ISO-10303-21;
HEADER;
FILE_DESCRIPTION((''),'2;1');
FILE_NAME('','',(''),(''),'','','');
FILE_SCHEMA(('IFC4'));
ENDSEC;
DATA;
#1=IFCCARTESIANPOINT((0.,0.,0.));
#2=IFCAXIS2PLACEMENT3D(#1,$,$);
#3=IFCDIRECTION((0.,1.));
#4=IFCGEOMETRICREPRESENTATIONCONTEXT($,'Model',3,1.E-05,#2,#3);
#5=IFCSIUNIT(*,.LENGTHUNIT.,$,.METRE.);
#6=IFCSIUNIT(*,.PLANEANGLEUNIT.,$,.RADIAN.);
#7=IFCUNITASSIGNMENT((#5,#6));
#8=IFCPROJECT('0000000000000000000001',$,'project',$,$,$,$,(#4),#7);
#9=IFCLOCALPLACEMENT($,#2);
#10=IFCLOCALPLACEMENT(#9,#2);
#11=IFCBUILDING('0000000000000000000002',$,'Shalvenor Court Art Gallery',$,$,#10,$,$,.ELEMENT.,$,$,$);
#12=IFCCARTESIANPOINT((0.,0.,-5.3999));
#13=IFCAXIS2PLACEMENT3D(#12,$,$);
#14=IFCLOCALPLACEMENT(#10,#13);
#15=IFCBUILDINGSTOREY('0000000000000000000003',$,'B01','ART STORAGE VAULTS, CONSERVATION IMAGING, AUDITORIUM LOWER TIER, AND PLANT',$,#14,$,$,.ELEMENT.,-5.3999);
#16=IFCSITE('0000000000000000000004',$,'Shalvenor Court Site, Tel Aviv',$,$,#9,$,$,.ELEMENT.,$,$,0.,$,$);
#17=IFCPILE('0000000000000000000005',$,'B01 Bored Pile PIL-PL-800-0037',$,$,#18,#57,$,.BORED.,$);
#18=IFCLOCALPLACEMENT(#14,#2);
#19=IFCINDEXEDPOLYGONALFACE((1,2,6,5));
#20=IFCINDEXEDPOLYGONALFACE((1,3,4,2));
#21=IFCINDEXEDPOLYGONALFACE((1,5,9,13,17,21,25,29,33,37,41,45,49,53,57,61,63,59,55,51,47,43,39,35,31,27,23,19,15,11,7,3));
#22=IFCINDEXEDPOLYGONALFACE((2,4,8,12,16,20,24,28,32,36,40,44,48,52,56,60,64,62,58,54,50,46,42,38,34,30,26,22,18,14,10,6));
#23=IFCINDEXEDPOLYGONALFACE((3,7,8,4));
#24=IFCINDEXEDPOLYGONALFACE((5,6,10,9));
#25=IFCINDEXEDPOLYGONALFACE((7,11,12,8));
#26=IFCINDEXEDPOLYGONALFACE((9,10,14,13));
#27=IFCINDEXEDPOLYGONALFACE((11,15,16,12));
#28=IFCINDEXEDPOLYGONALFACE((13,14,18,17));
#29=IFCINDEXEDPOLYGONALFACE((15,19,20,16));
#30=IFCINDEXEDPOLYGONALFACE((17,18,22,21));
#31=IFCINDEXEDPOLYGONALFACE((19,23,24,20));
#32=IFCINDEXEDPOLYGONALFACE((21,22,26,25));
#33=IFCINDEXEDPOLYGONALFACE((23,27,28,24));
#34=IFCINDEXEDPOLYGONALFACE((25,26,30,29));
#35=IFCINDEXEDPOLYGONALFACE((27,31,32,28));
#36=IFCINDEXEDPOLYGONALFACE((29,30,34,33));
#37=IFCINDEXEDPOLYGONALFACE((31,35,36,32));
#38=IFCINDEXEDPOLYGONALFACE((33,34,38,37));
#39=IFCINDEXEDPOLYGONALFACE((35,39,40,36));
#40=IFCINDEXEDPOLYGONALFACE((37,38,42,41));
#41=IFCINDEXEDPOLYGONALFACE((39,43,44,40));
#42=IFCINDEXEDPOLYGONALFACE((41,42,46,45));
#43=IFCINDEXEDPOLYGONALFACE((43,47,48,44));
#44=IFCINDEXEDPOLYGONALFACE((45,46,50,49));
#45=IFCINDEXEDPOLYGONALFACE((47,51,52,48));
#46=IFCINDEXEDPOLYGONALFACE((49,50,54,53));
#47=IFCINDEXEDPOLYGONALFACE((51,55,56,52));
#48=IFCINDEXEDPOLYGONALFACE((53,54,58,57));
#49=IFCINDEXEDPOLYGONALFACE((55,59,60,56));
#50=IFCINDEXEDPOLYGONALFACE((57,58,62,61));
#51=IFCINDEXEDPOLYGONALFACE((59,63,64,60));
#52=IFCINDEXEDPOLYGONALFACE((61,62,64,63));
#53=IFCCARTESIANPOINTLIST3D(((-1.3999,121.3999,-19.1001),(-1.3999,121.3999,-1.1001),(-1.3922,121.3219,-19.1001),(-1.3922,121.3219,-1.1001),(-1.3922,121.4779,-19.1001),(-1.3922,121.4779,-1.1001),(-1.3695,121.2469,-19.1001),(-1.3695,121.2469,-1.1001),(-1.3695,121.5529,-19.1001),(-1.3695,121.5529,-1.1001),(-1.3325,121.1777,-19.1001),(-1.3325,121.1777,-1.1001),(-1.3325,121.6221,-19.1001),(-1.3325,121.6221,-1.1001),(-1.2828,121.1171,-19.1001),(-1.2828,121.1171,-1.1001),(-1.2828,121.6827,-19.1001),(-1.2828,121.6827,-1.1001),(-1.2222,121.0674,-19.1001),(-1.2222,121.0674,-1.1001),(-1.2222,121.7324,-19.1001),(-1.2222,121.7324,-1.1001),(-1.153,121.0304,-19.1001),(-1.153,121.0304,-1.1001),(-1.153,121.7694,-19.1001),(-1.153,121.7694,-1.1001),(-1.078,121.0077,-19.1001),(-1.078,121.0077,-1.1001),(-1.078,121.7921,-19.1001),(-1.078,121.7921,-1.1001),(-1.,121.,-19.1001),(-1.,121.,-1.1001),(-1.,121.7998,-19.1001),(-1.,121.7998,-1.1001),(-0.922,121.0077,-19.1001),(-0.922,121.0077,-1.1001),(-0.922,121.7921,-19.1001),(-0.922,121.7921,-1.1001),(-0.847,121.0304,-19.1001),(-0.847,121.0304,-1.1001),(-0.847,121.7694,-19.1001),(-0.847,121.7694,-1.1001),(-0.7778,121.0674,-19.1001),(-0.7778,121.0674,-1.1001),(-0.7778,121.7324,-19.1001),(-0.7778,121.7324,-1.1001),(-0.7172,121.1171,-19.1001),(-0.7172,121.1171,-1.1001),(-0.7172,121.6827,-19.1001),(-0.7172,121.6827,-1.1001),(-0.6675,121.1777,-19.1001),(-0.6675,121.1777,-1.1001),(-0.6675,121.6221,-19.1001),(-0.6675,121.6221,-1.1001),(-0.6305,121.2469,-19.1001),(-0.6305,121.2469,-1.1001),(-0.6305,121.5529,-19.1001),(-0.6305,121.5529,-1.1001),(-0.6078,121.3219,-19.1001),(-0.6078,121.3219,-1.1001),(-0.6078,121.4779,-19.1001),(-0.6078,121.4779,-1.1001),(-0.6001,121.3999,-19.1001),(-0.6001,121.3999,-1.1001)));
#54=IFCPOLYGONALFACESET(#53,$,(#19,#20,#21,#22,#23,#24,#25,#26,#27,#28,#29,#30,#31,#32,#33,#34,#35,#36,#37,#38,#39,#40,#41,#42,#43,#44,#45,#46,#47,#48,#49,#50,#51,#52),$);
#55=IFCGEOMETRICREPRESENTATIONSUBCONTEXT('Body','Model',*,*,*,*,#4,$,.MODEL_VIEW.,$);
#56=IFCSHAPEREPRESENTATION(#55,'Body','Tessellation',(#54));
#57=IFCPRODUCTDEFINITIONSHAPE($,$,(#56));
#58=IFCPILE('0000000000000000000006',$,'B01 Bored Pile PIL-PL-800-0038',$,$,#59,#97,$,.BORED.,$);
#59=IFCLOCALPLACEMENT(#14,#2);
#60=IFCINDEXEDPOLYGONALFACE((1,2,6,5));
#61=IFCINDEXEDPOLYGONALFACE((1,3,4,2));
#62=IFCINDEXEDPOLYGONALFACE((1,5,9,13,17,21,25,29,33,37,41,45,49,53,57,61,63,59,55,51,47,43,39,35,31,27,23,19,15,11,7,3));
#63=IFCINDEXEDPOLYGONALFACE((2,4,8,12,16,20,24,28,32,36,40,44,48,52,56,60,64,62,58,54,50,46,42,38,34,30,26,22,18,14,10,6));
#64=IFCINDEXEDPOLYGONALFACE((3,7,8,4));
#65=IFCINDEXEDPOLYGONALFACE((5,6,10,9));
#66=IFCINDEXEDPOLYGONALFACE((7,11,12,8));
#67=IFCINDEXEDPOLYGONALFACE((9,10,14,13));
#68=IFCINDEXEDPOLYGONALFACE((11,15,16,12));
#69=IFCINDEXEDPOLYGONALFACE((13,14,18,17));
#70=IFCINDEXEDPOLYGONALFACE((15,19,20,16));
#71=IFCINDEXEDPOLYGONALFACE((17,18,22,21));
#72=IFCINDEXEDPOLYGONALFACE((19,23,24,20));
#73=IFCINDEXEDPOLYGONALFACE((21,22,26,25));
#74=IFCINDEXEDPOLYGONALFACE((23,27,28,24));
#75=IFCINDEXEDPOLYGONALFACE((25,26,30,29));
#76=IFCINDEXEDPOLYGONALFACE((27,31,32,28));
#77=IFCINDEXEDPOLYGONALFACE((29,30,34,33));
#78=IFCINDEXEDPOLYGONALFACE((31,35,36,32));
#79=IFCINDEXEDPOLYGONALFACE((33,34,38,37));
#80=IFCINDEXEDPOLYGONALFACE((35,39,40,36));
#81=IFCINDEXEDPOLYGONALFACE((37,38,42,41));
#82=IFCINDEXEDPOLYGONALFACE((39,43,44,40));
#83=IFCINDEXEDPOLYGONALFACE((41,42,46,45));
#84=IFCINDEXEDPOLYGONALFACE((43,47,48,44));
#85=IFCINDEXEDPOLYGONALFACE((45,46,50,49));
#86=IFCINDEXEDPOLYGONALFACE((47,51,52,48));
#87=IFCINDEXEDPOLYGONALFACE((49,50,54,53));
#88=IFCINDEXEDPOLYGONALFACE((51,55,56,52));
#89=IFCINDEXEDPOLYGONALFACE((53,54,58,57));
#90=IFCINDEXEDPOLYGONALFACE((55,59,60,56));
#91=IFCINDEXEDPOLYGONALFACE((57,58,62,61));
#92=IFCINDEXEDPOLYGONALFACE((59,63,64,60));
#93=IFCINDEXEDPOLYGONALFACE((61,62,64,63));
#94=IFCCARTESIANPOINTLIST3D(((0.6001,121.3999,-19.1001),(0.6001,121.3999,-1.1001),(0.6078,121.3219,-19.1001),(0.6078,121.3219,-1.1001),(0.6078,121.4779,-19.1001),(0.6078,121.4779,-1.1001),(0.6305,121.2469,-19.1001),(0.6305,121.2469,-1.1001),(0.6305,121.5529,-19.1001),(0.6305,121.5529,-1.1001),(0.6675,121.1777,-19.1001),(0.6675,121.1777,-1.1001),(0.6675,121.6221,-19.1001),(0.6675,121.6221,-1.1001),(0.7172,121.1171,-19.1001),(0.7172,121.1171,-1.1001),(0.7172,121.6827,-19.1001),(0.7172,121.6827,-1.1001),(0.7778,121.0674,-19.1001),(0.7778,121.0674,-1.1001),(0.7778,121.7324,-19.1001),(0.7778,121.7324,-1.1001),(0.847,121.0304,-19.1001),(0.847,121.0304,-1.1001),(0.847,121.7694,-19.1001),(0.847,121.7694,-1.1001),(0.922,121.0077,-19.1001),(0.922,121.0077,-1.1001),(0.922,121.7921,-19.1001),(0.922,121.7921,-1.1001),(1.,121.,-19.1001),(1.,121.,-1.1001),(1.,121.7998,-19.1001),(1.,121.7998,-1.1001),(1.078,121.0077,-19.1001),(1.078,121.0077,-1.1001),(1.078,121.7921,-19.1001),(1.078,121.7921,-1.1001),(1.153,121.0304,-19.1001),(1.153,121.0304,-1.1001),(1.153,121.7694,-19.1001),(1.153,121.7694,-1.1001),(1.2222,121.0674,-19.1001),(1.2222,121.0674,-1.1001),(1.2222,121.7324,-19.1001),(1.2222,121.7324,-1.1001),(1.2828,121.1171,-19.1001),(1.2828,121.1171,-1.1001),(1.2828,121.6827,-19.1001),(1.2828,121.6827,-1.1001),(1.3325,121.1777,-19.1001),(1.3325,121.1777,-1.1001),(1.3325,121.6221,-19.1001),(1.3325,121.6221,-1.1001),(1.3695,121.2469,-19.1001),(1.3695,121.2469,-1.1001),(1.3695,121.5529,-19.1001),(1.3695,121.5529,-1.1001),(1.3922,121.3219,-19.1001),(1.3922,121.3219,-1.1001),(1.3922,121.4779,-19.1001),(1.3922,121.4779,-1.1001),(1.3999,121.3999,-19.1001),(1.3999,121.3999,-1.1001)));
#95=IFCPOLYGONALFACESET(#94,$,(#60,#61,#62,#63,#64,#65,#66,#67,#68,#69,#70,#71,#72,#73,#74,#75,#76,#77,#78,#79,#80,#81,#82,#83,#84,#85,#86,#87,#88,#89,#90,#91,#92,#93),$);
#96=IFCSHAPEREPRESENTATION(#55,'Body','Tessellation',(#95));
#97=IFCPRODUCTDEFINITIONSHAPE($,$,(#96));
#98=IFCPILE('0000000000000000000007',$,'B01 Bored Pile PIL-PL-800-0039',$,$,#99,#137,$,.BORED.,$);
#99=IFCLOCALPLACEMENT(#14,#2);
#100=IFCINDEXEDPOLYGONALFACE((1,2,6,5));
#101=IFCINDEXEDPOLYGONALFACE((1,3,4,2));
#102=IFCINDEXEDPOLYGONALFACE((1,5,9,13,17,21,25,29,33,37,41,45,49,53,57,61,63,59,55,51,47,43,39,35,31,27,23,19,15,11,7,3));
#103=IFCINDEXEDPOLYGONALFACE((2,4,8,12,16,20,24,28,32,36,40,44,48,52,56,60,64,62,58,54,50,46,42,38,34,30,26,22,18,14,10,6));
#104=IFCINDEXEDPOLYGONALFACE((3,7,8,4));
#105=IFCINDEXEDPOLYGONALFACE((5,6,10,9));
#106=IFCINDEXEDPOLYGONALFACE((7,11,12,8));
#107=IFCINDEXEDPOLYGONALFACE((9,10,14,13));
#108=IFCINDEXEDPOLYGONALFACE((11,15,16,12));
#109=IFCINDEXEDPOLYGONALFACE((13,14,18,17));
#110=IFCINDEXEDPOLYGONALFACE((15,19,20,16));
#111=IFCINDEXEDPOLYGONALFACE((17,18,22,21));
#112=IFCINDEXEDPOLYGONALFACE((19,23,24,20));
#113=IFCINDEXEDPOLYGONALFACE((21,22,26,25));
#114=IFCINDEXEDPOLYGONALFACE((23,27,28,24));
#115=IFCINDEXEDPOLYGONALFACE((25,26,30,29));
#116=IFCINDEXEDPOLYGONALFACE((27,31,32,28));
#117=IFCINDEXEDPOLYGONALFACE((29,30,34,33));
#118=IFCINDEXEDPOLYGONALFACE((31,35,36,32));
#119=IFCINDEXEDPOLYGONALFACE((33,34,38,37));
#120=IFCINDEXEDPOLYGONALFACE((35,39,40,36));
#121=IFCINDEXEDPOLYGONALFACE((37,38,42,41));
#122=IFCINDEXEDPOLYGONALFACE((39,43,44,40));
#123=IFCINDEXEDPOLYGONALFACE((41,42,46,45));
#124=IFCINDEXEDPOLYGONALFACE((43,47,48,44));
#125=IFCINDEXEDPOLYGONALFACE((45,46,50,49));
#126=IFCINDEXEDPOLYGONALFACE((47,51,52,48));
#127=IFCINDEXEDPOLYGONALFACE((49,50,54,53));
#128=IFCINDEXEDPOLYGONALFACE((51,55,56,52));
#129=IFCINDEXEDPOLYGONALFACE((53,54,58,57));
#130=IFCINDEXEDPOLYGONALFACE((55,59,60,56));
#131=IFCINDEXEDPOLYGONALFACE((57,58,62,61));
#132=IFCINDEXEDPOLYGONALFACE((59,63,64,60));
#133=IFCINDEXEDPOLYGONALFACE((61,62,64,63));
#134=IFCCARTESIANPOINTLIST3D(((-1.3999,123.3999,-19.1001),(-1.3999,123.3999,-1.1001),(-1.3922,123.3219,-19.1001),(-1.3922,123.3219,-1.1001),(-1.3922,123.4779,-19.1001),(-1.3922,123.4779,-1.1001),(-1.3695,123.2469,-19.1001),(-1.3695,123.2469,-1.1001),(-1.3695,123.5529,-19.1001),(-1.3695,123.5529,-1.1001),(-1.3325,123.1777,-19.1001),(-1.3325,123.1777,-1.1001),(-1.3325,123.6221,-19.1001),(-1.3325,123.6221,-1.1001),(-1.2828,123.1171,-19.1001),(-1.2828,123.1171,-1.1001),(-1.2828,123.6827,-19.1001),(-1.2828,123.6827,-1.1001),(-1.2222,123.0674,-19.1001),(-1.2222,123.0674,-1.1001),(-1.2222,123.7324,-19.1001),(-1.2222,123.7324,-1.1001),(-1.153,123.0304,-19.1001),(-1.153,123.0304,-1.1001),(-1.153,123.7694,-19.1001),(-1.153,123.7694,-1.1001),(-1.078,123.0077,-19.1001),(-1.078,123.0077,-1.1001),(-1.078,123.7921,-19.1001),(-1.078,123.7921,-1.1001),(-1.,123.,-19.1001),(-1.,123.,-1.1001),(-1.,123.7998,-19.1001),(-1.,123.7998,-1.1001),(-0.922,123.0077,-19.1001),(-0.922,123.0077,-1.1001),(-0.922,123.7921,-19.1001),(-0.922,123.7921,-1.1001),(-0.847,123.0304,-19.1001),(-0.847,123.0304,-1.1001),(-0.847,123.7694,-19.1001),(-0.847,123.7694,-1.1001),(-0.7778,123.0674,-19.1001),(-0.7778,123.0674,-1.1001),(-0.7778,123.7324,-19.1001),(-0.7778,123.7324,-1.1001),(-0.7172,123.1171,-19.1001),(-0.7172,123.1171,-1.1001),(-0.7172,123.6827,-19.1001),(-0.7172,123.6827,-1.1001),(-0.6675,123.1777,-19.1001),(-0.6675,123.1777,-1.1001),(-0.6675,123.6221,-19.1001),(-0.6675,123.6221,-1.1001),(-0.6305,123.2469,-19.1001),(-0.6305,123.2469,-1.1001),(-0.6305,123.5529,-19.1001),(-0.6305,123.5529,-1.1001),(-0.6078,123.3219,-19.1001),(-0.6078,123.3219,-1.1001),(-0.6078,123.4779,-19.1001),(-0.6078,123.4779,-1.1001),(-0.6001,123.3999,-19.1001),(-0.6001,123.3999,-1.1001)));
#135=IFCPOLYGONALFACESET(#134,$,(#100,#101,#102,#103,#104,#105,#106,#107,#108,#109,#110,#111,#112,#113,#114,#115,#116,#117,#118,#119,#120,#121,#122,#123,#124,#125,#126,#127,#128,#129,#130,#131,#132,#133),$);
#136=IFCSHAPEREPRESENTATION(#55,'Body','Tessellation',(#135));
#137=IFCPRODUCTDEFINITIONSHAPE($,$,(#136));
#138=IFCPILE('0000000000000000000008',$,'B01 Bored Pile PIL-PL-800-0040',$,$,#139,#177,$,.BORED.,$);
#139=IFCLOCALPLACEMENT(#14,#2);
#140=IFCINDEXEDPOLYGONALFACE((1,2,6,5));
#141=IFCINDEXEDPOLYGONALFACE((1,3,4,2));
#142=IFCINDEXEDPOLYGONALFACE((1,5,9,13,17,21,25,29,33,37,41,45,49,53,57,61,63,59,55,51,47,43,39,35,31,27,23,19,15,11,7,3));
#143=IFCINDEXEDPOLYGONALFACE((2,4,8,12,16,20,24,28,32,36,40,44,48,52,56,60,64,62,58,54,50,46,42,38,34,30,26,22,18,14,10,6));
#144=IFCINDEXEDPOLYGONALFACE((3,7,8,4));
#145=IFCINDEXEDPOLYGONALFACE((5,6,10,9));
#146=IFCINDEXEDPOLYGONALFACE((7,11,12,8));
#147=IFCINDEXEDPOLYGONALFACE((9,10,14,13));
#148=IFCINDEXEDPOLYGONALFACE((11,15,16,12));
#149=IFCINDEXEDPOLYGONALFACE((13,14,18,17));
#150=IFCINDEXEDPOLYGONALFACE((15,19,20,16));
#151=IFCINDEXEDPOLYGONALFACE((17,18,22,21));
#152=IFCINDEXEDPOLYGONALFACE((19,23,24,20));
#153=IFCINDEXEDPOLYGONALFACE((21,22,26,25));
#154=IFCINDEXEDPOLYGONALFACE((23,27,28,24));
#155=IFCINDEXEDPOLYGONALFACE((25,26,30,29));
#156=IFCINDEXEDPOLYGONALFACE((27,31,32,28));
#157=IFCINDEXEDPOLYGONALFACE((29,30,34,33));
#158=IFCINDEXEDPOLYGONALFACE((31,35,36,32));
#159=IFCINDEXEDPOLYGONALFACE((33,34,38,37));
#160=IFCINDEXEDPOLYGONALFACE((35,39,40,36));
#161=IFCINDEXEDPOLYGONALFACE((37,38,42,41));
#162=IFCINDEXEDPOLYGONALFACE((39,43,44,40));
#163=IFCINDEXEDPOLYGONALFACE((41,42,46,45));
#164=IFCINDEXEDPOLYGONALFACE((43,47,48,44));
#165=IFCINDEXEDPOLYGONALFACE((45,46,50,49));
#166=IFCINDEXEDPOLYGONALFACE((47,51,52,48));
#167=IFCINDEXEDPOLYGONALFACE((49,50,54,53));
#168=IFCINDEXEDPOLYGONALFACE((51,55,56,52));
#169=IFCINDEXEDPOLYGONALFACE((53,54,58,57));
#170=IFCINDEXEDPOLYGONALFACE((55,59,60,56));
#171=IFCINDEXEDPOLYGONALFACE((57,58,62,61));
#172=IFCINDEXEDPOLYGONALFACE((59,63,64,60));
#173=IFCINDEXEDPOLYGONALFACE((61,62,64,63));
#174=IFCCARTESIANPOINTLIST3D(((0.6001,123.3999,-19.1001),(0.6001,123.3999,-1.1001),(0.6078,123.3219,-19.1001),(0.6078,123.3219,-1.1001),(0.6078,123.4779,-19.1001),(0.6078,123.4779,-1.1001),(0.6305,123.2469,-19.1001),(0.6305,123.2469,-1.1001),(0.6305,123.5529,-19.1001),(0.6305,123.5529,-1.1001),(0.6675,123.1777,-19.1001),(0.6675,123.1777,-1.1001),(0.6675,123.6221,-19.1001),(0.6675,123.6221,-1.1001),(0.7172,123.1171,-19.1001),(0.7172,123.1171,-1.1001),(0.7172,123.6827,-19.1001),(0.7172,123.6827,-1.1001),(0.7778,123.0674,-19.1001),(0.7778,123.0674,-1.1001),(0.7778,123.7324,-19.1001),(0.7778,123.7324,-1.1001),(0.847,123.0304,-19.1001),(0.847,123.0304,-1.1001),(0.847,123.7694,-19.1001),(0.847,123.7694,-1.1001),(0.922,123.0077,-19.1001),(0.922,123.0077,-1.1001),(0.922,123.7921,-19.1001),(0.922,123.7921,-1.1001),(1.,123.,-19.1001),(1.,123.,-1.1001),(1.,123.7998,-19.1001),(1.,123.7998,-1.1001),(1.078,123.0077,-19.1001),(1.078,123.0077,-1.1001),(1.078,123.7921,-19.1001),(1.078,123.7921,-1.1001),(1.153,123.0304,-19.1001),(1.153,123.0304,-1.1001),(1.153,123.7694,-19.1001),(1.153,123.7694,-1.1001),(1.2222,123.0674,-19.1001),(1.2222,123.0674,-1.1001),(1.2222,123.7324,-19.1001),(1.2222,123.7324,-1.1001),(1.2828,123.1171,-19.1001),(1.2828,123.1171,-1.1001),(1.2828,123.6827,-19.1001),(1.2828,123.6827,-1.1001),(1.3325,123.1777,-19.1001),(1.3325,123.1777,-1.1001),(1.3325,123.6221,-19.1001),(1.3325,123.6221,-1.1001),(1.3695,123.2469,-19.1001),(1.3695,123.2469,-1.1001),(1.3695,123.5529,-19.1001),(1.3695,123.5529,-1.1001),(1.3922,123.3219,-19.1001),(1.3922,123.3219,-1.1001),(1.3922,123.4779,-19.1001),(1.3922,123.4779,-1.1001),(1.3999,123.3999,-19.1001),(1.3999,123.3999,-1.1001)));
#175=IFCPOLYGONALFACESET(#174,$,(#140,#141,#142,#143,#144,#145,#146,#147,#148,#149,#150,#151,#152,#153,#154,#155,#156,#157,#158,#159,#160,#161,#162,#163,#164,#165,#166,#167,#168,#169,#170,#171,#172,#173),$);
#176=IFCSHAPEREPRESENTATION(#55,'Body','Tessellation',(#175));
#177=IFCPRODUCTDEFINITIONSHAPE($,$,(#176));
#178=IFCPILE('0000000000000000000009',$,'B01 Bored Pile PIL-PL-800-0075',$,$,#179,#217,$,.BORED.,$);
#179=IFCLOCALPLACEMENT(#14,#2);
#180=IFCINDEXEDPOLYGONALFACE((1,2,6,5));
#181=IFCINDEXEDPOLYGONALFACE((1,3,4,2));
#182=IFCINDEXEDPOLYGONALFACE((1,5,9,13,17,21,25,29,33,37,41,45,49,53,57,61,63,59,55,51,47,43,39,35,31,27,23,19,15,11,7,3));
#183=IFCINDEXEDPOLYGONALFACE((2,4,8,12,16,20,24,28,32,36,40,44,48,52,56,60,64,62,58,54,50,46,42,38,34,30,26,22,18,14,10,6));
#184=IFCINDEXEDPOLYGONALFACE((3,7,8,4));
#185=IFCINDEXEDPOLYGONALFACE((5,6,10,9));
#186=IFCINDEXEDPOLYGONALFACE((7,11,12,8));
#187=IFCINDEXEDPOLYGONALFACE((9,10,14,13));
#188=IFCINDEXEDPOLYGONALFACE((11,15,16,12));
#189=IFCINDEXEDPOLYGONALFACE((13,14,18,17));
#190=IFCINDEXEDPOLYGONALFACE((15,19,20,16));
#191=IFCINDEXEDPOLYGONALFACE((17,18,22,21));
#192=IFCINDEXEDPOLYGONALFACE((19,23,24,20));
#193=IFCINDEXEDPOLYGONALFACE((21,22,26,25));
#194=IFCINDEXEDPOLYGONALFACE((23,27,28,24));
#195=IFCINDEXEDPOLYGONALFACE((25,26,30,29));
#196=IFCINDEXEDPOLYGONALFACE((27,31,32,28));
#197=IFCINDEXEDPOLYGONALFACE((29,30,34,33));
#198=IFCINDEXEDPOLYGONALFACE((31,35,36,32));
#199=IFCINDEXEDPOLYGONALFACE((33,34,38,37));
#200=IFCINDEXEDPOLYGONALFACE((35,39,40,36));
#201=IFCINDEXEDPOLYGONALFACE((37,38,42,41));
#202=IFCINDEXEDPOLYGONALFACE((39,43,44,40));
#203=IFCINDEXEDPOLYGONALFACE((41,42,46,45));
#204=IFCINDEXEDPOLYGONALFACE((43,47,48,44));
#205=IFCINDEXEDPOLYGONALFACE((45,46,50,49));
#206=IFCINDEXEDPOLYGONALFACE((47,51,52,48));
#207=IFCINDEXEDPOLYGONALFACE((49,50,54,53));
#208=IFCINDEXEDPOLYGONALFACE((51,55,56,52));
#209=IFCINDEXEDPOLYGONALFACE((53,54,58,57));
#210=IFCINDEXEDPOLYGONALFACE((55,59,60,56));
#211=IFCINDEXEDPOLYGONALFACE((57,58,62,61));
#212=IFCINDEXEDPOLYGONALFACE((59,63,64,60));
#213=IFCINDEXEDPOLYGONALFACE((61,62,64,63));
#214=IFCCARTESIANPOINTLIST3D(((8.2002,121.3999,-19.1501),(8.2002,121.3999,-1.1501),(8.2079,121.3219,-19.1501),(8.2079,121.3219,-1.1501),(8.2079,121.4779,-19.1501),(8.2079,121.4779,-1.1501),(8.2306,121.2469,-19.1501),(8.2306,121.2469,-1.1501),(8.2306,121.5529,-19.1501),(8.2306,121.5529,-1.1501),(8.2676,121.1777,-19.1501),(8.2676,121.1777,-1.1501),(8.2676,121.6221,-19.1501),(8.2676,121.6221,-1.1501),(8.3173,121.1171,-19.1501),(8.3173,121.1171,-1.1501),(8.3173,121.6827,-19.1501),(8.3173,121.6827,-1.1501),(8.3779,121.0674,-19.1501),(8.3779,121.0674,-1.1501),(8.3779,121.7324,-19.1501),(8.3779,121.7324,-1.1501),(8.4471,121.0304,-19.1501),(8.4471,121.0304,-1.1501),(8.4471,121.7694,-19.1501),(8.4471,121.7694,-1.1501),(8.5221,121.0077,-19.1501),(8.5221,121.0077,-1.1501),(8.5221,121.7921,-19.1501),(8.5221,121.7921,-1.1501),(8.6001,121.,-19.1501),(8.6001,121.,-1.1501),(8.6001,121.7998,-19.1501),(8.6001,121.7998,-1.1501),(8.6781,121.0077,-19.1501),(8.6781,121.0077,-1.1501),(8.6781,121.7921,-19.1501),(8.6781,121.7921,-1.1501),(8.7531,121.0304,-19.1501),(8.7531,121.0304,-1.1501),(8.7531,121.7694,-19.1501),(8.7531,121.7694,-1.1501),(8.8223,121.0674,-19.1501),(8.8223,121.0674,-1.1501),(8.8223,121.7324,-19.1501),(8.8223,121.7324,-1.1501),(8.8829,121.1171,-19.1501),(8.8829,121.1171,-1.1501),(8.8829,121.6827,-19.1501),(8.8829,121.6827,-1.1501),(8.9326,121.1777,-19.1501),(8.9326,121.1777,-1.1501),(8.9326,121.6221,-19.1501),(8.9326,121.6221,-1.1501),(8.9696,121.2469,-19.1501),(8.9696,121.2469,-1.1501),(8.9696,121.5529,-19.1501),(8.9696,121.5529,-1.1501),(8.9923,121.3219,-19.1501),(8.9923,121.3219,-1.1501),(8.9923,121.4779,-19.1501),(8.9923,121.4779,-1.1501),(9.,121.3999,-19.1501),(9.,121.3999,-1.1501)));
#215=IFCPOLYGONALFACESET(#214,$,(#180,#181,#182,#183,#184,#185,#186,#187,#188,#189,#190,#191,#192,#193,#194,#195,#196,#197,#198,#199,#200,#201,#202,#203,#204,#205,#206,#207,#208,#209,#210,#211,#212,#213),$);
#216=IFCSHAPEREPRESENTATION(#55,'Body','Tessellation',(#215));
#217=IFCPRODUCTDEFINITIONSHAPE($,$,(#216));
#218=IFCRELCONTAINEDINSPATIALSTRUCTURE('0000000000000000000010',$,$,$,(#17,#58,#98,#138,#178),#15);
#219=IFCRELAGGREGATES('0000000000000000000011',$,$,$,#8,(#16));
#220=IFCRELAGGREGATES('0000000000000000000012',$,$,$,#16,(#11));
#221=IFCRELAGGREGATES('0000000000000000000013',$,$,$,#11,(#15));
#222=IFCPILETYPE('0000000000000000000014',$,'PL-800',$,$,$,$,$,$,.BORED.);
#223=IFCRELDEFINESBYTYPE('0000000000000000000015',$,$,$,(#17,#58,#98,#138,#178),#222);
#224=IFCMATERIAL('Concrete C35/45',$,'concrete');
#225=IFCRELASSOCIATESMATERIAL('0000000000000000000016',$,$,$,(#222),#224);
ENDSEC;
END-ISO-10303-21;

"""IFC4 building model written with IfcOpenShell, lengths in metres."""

from ifc_helpers import new_model, si_unit, direction, frame, origin, origin_2d, place, context, subcontext, project, spatial, circle, extrude, material, material_profile, profile_set, type_object, element, save


model = new_model("IFC4")

# Units and contexts
model_context = context("Model", 3, precision=1e-05, world=origin(), true_north=direction((0.0, 1.0)))
body_context = subcontext(model_context, "Body", "Model", "MODEL_VIEW")
ifc_project = project(units=[si_unit("LENGTHUNIT", "METRE"), si_unit("PLANEANGLEUNIT", "RADIAN")], contexts=[model_context])

# Site, building, storey
site_placement = place(None, origin())
site = spatial("IfcSite", under=ifc_project, at=site_placement, Name="Shalvenor Court Site, Tel Aviv", CompositionType="ELEMENT", RefElevation=0.0)
building_placement = place(site_placement, origin())
building = spatial("IfcBuilding", under=site, at=building_placement, Name="Shalvenor Court Art Gallery", CompositionType="ELEMENT")
storey_placement = place(building_placement, frame((0.0, 0.0, -5.3999)))
storey = spatial("IfcBuildingStorey", under=building, at=storey_placement, Name="B01", Description="ART STORAGE VAULTS, CONSERVATION IMAGING, AUDITORIUM LOWER TIER, AND PLANT", CompositionType="ELEMENT", Elevation=-5.3999)

# Piles
ifc_material_1 = material(Name="Concrete C35/45", Category="concrete")
ifc_material_profile_1 = material_profile(ifc_material_1, circle(Radius=0.3999, at=origin_2d()), Name="PILE 800")
ifc_profile_set_1 = profile_set([ifc_material_profile_1], Name="Concrete C35/45")
pile_type_1 = type_object("IfcPileType", Name="PL-800", PredefinedType="BORED", material=ifc_profile_set_1)
for number, where, z_axis, x_axis, name in (
    (1, (-1.0, 121.3999, -1.1001), (0.0, 0.0, -1.0), (1.0, 0.0, 0.0), "B01 Bored Pile PIL-PL-800-0037"),
    (2, (1.0, 121.3999, -1.1001), (0.0, 0.0, -1.0), (1.0, 0.0, 0.0), "B01 Bored Pile PIL-PL-800-0038"),
    (3, (-1.0, 123.3999, -1.1001), (0.0, 0.0, -1.0), (1.0, 0.0, 0.0), "B01 Bored Pile PIL-PL-800-0039"),
    (4, (1.0, 123.3999, -1.1001), (0.0, 0.0, -1.0), (1.0, 0.0, 0.0), "B01 Bored Pile PIL-PL-800-0040"),
    (5, (8.6001, 121.3999, -1.1501), (0.0, 0.0, -1.0), (1.0, 0.0, 0.0), "B01 Bored Pile PIL-PL-800-0075"),
):
    element("IfcPile", number, at=place(storey_placement, frame(where, z_axis=z_axis, x_axis=x_axis)), inside=storey, type_object=pile_type_1, Name=name, PredefinedType="BORED", context=body_context, shape_type="SweptSolid", body=[
        extrude(circle(Radius=0.3999, at=origin_2d()), origin(), (0.0, 0.0, 1.0), 18.0),
    ])

save(model, "model.ifc")
